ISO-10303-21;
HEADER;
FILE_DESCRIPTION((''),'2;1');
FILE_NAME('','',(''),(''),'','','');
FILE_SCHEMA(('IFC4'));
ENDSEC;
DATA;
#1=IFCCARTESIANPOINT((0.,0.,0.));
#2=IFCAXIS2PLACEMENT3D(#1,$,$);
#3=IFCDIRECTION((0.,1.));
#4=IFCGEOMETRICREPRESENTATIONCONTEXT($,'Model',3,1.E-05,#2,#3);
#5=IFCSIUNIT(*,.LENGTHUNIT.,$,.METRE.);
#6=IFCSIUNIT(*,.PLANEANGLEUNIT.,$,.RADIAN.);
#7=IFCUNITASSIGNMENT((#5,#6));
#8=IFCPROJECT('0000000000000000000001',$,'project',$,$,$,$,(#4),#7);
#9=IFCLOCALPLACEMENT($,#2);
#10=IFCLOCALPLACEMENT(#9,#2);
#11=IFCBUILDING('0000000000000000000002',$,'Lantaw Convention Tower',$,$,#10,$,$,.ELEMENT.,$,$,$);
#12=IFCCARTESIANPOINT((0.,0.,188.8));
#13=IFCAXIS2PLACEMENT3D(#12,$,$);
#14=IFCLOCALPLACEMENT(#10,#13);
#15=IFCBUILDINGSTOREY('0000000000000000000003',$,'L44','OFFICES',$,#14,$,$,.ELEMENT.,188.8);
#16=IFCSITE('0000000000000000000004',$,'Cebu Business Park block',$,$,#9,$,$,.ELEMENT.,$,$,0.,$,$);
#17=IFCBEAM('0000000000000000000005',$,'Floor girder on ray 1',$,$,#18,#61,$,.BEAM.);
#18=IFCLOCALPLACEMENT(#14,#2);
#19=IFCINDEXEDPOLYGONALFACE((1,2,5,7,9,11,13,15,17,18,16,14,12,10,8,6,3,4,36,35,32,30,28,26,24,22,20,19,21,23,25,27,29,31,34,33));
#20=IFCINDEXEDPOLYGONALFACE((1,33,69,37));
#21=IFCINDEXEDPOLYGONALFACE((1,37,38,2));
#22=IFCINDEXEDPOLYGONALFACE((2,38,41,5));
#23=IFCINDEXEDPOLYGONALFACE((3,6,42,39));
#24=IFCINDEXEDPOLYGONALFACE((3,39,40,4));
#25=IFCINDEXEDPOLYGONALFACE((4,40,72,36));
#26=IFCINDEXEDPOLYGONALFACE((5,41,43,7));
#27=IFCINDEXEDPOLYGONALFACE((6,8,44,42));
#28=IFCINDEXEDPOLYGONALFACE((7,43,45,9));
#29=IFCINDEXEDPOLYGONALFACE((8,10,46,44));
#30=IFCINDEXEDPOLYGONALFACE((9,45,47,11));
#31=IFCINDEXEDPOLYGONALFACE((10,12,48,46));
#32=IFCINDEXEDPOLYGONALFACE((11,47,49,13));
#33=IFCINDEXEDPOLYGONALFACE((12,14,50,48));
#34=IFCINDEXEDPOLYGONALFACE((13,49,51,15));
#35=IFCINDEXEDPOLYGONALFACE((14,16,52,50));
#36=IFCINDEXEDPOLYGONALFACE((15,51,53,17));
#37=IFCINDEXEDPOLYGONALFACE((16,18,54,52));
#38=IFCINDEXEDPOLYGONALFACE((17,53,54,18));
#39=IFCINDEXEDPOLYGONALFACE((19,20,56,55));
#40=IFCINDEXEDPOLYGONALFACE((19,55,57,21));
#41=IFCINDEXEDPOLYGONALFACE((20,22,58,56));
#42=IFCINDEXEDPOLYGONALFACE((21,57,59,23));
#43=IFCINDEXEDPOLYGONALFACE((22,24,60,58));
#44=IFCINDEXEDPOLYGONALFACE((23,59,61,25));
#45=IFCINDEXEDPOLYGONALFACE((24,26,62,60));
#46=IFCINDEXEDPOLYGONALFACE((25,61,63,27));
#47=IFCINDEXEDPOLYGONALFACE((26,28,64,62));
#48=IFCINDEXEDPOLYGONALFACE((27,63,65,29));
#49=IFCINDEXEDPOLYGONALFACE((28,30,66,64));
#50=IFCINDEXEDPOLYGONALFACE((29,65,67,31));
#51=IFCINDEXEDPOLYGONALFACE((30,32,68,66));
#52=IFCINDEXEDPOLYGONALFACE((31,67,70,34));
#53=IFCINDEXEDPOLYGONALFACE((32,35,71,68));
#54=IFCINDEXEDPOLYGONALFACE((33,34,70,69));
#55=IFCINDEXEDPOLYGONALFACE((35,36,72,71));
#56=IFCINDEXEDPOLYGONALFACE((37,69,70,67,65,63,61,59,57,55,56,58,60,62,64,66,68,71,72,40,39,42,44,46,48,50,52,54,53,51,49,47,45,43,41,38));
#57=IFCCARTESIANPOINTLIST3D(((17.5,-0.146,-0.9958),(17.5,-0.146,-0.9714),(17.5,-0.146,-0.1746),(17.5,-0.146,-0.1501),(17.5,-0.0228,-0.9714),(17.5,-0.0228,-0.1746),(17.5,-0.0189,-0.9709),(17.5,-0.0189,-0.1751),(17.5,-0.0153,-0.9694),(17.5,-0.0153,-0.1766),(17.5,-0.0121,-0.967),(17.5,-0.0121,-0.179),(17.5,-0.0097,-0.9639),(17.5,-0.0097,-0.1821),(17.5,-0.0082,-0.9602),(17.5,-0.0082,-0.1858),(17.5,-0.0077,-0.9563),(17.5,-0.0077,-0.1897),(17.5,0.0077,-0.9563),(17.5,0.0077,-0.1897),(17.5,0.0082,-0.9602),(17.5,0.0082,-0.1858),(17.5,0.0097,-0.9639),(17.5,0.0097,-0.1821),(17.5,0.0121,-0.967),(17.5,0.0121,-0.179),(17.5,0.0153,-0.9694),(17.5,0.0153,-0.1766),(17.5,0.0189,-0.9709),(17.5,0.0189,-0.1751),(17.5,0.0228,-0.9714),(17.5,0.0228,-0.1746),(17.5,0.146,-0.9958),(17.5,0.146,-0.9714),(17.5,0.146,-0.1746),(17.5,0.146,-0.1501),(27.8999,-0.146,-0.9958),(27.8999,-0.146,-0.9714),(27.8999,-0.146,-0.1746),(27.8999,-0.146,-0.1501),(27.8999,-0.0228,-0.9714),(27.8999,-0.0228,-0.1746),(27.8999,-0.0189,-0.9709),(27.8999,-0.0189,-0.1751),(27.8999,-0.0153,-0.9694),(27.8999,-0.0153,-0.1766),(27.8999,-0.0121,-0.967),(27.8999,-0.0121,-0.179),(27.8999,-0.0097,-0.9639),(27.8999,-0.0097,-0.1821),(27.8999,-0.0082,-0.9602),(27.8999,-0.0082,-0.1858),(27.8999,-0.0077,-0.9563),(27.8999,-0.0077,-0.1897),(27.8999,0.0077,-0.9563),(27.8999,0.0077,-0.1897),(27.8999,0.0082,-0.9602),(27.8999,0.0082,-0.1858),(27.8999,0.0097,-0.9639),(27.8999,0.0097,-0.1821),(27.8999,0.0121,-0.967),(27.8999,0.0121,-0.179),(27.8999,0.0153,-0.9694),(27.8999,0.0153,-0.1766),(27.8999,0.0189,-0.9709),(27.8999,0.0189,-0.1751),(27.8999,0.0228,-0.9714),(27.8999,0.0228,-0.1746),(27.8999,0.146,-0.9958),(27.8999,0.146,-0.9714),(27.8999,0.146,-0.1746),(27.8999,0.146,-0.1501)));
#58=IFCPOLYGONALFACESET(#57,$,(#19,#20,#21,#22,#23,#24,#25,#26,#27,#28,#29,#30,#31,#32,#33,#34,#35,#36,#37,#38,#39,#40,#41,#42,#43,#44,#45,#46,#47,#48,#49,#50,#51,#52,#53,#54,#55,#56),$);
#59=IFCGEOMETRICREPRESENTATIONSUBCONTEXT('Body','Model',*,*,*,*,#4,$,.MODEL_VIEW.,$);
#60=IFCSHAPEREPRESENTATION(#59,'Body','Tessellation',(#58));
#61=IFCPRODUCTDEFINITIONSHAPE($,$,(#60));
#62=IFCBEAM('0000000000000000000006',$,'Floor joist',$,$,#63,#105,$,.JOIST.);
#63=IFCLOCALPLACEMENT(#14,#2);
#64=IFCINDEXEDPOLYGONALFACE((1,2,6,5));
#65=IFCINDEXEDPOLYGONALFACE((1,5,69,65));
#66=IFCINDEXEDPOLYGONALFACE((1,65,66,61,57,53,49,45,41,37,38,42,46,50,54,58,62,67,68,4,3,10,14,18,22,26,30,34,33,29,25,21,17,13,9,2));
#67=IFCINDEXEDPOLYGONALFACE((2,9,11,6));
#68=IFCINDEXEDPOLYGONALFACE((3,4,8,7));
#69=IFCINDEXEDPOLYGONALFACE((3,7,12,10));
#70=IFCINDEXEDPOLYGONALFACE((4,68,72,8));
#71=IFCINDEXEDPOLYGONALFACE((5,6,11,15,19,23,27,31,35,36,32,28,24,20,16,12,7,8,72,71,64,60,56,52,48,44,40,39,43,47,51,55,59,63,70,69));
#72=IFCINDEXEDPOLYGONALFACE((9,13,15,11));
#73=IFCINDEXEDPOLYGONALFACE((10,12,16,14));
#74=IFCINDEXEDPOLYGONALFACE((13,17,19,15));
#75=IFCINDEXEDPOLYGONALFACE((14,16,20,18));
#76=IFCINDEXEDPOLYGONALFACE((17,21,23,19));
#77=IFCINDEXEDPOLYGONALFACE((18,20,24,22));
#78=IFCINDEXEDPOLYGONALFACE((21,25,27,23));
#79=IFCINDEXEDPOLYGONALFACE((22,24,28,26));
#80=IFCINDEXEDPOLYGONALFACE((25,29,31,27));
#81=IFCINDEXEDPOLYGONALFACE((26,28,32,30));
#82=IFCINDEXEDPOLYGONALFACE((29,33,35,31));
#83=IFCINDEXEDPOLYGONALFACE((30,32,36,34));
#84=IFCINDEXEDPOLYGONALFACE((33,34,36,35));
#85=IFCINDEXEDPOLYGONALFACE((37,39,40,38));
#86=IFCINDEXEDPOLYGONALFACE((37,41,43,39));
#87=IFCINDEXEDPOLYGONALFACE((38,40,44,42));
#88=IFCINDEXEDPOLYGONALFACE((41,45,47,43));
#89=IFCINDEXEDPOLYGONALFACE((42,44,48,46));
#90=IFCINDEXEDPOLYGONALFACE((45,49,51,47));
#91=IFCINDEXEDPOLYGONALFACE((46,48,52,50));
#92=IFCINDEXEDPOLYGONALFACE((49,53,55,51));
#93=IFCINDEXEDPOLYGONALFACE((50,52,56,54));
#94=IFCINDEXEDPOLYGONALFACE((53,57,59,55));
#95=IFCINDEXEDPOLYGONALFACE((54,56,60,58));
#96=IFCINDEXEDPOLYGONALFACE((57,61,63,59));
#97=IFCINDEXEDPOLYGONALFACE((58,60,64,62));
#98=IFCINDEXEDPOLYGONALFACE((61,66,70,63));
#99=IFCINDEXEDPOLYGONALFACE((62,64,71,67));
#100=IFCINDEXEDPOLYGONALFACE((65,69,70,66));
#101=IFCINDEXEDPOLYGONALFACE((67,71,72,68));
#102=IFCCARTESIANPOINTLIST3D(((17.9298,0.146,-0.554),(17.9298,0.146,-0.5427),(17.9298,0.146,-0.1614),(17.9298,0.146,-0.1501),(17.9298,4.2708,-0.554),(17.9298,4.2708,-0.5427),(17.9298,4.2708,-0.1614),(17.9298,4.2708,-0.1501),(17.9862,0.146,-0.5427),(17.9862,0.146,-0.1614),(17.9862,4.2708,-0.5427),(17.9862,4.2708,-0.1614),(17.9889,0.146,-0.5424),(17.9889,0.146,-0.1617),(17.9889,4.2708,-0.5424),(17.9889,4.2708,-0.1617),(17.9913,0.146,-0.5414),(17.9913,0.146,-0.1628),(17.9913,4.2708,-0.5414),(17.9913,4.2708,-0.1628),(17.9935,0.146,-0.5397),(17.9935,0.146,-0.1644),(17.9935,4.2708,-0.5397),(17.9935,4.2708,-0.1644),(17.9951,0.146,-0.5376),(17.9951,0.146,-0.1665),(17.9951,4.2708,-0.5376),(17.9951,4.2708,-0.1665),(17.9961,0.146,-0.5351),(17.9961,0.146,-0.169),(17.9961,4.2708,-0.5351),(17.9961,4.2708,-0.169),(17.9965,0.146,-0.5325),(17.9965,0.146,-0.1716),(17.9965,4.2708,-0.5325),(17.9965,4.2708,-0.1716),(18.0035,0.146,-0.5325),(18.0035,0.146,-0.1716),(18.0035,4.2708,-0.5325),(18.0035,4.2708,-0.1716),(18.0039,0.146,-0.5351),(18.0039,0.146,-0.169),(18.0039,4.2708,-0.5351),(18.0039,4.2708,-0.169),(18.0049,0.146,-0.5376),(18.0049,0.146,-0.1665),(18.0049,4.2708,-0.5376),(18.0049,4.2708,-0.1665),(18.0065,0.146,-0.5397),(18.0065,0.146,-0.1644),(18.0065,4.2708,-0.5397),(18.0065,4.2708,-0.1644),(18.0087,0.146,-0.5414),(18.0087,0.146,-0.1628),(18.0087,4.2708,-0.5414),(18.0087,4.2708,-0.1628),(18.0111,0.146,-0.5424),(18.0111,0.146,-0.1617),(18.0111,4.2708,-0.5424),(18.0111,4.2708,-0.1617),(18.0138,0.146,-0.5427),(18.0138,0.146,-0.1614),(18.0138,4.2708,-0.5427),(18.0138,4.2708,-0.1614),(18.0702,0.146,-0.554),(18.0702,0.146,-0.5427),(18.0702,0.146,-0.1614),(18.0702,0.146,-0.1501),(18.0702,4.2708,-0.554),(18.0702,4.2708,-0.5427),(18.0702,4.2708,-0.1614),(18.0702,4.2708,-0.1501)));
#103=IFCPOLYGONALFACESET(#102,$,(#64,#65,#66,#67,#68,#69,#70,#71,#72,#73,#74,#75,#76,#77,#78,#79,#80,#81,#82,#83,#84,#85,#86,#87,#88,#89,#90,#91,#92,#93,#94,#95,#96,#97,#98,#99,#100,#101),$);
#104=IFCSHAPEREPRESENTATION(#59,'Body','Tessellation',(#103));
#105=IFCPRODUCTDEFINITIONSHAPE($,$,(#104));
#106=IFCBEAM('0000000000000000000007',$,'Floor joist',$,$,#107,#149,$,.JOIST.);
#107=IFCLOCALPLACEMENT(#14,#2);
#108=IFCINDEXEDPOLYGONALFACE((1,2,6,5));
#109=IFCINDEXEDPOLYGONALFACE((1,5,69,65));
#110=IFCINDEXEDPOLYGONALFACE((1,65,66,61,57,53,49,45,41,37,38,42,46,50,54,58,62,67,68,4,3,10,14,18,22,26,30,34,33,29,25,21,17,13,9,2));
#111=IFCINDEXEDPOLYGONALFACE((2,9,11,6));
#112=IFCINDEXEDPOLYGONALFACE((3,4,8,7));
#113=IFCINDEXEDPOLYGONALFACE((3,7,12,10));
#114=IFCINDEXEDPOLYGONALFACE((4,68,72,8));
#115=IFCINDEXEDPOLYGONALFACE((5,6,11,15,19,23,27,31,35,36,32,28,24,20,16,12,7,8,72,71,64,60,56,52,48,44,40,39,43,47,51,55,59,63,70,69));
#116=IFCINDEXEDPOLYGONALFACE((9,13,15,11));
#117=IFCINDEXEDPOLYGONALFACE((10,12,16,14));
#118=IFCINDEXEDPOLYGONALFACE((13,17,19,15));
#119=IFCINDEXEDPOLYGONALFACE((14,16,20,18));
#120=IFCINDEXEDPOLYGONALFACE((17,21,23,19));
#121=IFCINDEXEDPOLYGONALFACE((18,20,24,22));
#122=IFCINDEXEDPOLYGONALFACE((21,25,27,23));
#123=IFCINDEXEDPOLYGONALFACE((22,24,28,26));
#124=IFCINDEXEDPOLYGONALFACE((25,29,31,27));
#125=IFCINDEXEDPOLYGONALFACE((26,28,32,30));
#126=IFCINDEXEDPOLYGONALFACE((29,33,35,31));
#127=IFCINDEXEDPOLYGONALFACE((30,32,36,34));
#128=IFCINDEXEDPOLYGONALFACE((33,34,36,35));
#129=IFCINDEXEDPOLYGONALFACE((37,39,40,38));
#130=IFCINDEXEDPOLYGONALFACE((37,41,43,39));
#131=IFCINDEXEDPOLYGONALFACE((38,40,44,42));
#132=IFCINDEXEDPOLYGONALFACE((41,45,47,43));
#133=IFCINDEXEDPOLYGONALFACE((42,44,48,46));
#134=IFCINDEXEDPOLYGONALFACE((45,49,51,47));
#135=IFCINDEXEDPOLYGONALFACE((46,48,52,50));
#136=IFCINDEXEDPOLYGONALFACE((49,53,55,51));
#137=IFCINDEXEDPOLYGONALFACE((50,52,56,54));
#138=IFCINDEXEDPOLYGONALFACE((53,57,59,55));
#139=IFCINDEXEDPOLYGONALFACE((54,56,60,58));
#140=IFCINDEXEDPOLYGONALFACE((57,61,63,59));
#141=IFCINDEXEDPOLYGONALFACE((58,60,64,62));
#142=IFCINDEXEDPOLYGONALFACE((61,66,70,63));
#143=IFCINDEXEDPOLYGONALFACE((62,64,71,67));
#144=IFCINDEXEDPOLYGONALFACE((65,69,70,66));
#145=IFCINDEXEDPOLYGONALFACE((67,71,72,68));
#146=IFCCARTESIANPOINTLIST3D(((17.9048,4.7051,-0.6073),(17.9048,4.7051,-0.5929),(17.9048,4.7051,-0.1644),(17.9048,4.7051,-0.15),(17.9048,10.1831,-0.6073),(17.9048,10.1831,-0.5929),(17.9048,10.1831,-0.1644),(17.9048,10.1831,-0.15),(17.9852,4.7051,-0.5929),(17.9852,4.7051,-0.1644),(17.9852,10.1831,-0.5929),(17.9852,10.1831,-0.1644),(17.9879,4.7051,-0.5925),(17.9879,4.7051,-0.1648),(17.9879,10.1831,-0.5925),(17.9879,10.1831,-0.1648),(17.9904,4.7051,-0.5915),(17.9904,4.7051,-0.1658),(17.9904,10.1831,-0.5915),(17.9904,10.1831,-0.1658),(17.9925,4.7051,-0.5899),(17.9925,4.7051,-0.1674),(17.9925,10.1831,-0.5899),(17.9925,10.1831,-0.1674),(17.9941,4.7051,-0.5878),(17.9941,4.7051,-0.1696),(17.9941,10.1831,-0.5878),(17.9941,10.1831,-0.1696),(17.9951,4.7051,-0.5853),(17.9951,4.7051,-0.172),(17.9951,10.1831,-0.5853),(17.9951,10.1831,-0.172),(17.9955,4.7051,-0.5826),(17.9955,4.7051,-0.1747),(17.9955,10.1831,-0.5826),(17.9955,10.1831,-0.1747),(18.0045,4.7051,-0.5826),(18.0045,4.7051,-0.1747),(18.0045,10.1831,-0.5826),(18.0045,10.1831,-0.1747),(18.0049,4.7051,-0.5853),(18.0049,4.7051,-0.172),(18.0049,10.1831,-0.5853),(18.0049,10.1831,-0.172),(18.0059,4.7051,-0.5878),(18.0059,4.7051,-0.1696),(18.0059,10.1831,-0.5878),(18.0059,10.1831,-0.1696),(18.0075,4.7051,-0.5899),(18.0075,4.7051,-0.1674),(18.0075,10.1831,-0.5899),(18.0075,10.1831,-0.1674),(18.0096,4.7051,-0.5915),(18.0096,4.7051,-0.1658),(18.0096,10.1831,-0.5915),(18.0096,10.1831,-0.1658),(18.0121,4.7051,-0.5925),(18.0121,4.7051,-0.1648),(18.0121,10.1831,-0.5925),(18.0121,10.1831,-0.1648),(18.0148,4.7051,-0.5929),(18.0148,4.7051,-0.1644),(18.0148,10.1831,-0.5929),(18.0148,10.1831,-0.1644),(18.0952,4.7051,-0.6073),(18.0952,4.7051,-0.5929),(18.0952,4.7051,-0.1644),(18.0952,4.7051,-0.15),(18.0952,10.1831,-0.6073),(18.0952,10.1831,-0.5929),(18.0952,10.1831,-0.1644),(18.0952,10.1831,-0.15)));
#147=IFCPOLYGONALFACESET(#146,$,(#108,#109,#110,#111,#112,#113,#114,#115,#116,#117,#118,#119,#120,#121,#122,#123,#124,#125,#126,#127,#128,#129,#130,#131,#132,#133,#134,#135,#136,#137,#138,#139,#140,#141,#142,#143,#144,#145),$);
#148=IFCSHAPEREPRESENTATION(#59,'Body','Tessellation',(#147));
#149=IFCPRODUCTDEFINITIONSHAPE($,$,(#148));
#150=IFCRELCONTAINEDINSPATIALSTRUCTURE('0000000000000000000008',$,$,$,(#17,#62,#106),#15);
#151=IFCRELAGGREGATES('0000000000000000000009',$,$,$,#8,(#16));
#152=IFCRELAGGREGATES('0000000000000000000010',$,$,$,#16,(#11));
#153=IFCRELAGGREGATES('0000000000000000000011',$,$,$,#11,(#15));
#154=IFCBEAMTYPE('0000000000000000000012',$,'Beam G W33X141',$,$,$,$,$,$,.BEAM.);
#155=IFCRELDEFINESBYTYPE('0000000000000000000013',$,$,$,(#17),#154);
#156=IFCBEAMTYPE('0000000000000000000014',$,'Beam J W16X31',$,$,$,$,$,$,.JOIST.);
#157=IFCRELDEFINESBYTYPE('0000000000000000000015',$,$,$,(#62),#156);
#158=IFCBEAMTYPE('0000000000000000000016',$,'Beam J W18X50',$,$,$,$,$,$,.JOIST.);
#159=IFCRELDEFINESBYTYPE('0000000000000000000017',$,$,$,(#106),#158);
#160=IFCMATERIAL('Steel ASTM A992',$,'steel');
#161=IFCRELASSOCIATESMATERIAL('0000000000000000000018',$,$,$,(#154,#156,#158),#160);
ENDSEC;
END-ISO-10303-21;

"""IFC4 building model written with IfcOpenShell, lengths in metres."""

from ifc_helpers import new_model, si_unit, direction, frame, origin, origin_2d, place, context, subcontext, project, spatial, i_section, extrude, material, material_profile, profile_set, type_object, element, save


model = new_model("IFC4")

# Units and contexts
model_context = context("Model", 3, precision=1e-05, world=origin(), true_north=direction((0.0, 1.0)))
body_context = subcontext(model_context, "Body", "Model", "MODEL_VIEW")
ifc_project = project(units=[si_unit("LENGTHUNIT", "METRE"), si_unit("PLANEANGLEUNIT", "RADIAN")], contexts=[model_context])

# Site, building, storey
site_placement = place(None, origin())
site = spatial("IfcSite", under=ifc_project, at=site_placement, Name="Cebu Business Park block", CompositionType="ELEMENT", RefElevation=0.0)
building_placement = place(site_placement, origin())
building = spatial("IfcBuilding", under=site, at=building_placement, Name="Lantaw Convention Tower", CompositionType="ELEMENT")
storey_placement = place(building_placement, frame((0.0, 0.0, 188.8)))
storey = spatial("IfcBuildingStorey", under=building, at=storey_placement, Name="L44", Description="OFFICES", CompositionType="ELEMENT", Elevation=188.8)

# Beams
ifc_material_1 = material(Name="Steel ASTM A992", Category="steel")
ifc_material_profile_1 = material_profile(ifc_material_1, i_section(OverallWidth=0.292, OverallDepth=0.8457, WebThickness=0.0154, FlangeThickness=0.0244, FilletRadius=0.0151, at=origin_2d()), Name="W33X141")
ifc_profile_set_1 = profile_set([ifc_material_profile_1], Name="Steel ASTM A992")
beam_type_1 = type_object("IfcBeamType", Name="Beam G W33X141", PredefinedType="BEAM", material=ifc_profile_set_1)
beam_1_placement = place(storey_placement, frame((17.5, 0.0, -0.573), z_axis=(1.0, 0.0, 0.0), x_axis=(0.0, 1.0, 0.0)))
element("IfcBeam", 1, at=beam_1_placement, inside=storey, type_object=beam_type_1, Name="Floor girder on ray 1", PredefinedType="BEAM", context=body_context, shape_type="SweptSolid", body=[
    extrude(i_section(OverallWidth=0.292, OverallDepth=0.8457, WebThickness=0.0154, FlangeThickness=0.0244, FilletRadius=0.0151, at=origin_2d()), origin(), (0.0, 0.0, 1.0), 10.3999),
])
ifc_material_profile_2 = material_profile(ifc_material_1, i_section(OverallWidth=0.1404, OverallDepth=0.4038, WebThickness=0.0071, FlangeThickness=0.0112, FilletRadius=0.0103, at=origin_2d()), Name="W16X31")
ifc_profile_set_2 = profile_set([ifc_material_profile_2], Name="Steel ASTM A992")
beam_type_2 = type_object("IfcBeamType", Name="Beam J W16X31", PredefinedType="JOIST", material=ifc_profile_set_2)
beam_2_placement = place(storey_placement, frame((18.0, 0.146, -0.3521), z_axis=(0.0, 1.0, 0.0), x_axis=(-1.0, 0.0, 0.0)))
element("IfcBeam", 2, at=beam_2_placement, inside=storey, type_object=beam_type_2, Name="Floor joist", PredefinedType="JOIST", context=body_context, shape_type="SweptSolid", body=[
    extrude(i_section(OverallWidth=0.1404, OverallDepth=0.4038, WebThickness=0.0071, FlangeThickness=0.0112, FilletRadius=0.0103, at=origin_2d()), origin(), (0.0, 0.0, 1.0), 4.1248),
])
ifc_material_profile_3 = material_profile(ifc_material_1, i_section(OverallWidth=0.1904, OverallDepth=0.4573, WebThickness=0.009, FlangeThickness=0.0144, FilletRadius=0.0103, at=origin_2d()), Name="W18X50")
ifc_profile_set_3 = profile_set([ifc_material_profile_3], Name="Steel ASTM A992")
beam_type_3 = type_object("IfcBeamType", Name="Beam J W18X50", PredefinedType="JOIST", material=ifc_profile_set_3)
beam_3_placement = place(storey_placement, frame((18.0, 4.7051, -0.3787), z_axis=(0.0, 1.0, 0.0), x_axis=(-1.0, 0.0, 0.0)))
element("IfcBeam", 3, at=beam_3_placement, inside=storey, type_object=beam_type_3, Name="Floor joist", PredefinedType="JOIST", context=body_context, shape_type="SweptSolid", body=[
    extrude(i_section(OverallWidth=0.1904, OverallDepth=0.4573, WebThickness=0.009, FlangeThickness=0.0144, FilletRadius=0.0103, at=origin_2d()), origin(), (0.0, 0.0, 1.0), 5.478),
])

save(model, "model.ifc")
